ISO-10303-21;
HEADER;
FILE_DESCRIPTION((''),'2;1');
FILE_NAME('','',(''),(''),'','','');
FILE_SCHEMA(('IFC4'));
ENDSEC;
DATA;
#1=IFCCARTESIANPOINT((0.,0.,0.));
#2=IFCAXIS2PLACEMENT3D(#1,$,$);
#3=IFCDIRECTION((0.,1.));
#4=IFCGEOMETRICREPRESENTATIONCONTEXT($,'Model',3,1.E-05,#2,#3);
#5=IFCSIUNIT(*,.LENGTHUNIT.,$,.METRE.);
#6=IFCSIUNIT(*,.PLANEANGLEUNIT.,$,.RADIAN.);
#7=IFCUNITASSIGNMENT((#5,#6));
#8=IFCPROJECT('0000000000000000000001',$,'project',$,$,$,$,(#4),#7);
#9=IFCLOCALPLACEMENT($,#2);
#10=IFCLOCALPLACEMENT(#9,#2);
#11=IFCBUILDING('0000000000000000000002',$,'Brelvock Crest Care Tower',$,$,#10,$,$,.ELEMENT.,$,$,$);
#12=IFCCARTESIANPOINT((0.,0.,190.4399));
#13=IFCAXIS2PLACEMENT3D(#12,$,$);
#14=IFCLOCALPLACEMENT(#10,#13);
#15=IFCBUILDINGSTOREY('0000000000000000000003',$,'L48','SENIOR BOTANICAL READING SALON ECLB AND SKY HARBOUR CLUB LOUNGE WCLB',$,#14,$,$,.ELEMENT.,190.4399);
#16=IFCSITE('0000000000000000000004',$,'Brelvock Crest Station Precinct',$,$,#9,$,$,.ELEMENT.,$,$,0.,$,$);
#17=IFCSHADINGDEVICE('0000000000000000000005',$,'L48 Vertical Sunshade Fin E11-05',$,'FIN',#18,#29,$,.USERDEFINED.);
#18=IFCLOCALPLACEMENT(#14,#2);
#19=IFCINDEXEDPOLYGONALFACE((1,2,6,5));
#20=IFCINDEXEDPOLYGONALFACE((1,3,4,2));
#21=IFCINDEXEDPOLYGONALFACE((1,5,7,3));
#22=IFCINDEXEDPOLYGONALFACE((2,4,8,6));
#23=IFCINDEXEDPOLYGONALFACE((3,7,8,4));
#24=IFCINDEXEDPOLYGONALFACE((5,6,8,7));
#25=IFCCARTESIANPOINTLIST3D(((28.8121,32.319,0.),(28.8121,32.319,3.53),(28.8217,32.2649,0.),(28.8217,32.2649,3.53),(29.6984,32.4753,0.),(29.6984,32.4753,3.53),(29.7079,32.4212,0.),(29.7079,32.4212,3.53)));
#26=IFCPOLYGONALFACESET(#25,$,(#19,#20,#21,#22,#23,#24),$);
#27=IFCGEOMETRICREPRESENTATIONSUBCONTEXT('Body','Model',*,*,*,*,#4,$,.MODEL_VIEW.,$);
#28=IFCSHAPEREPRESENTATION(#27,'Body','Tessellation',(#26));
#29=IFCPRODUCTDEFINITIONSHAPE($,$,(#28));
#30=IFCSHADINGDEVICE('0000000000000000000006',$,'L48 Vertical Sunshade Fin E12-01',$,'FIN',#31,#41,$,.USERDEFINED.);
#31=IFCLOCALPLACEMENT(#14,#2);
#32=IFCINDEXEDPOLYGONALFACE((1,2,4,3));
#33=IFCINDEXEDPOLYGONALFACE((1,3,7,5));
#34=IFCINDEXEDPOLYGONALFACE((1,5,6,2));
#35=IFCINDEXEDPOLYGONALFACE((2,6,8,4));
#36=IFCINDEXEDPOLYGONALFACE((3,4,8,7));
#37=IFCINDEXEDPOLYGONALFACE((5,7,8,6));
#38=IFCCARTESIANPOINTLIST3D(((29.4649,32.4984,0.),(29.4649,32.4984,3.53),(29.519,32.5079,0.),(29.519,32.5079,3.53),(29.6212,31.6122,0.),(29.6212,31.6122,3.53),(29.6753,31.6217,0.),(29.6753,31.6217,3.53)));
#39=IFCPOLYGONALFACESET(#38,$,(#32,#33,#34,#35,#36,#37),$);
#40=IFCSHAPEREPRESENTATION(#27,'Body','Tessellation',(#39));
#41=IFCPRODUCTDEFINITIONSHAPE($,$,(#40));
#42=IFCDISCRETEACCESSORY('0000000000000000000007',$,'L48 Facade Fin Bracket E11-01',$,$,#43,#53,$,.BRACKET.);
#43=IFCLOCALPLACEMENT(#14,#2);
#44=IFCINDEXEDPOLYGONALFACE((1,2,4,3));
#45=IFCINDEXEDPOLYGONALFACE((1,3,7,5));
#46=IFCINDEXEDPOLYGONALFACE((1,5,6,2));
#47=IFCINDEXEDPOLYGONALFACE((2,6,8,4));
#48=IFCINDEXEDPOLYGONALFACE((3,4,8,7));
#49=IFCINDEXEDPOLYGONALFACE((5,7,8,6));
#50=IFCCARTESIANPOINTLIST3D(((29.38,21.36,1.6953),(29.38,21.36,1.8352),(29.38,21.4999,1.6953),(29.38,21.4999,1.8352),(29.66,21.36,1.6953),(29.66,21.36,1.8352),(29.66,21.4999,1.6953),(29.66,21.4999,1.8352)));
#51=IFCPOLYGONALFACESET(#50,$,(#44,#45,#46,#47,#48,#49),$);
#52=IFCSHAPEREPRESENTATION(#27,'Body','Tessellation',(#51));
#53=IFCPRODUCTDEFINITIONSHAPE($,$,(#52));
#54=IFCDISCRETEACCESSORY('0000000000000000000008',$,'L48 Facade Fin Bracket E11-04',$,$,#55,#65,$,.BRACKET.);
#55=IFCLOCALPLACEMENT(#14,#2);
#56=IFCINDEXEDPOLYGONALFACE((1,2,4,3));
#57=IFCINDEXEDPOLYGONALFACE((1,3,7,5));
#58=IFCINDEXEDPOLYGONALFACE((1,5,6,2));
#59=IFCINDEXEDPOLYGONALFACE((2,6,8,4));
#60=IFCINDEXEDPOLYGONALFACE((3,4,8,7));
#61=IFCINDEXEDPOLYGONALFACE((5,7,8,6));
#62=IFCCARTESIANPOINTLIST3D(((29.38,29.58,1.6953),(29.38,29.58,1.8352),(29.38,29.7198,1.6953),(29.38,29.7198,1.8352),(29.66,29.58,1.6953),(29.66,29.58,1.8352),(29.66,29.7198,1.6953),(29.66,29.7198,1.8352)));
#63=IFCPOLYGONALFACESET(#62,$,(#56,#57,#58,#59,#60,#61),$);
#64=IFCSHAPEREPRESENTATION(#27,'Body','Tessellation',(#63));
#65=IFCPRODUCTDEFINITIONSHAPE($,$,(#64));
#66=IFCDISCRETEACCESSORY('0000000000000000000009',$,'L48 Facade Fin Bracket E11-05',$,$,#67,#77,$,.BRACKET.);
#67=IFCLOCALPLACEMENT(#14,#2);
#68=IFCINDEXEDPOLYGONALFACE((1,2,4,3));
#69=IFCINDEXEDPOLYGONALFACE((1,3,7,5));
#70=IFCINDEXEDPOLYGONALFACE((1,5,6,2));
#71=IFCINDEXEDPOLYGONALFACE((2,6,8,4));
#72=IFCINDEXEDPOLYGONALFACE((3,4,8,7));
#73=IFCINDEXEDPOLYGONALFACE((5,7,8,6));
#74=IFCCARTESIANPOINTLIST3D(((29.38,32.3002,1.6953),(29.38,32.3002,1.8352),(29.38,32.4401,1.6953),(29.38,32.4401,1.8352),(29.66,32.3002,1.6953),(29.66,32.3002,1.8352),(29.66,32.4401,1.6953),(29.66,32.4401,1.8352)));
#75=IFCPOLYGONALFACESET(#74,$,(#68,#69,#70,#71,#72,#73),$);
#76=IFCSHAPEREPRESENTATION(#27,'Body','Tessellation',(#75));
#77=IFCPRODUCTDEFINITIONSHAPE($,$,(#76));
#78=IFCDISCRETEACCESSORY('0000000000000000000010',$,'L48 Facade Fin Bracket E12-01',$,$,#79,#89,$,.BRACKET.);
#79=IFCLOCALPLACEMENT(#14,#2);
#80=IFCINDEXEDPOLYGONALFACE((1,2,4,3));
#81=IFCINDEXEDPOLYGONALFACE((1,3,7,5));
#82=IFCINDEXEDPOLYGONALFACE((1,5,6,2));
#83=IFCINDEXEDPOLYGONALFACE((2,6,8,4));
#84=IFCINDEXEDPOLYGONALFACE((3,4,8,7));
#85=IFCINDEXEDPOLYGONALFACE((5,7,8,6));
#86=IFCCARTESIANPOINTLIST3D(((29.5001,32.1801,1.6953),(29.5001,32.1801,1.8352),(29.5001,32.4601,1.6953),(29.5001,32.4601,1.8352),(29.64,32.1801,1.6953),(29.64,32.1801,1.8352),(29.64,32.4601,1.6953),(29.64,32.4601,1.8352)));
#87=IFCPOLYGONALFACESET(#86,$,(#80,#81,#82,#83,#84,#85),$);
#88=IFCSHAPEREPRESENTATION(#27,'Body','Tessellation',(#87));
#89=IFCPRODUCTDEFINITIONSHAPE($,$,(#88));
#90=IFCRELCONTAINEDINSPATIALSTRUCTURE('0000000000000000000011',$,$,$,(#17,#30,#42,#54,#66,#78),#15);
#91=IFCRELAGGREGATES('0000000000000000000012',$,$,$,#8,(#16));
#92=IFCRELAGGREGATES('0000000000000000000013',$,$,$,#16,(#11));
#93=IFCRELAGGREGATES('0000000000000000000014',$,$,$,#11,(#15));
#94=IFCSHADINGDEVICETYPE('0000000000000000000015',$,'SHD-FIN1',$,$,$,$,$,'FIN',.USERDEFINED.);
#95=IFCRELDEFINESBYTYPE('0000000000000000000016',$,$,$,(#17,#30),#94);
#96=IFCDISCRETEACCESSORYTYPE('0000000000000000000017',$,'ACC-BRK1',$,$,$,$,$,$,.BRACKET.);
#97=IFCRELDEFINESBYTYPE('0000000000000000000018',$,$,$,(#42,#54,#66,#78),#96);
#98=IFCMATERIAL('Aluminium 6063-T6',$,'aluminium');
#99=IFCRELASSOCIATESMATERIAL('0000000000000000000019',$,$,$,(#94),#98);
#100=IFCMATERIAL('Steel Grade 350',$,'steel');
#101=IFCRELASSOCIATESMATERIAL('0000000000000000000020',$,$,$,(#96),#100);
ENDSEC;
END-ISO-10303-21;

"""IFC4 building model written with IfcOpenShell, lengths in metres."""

from ifc_helpers import new_model, si_unit, direction, frame, origin, origin_2d, place, context, subcontext, project, spatial, rectangle, extrude, source, transform, mapped, material, material_profile, profile_set, type_object, element, save


model = new_model("IFC4")

# Units and contexts
model_context = context("Model", 3, precision=1e-05, world=origin(), true_north=direction((0.0, 1.0)))
body_context = subcontext(model_context, "Body", "Model", "MODEL_VIEW")
ifc_project = project(units=[si_unit("LENGTHUNIT", "METRE"), si_unit("PLANEANGLEUNIT", "RADIAN")], contexts=[model_context])

# Site, building, storey
site_placement = place(None, origin())
site = spatial("IfcSite", under=ifc_project, at=site_placement, Name="Brelvock Crest Station Precinct", CompositionType="ELEMENT", RefElevation=0.0)
building_placement = place(site_placement, origin())
building = spatial("IfcBuilding", under=site, at=building_placement, Name="Brelvock Crest Care Tower", CompositionType="ELEMENT")
storey_placement = place(building_placement, frame((0.0, 0.0, 190.4399)))
storey = spatial("IfcBuildingStorey", under=building, at=storey_placement, Name="L48", Description="SENIOR BOTANICAL READING SALON ECLB AND SKY HARBOUR CLUB LOUNGE WCLB", CompositionType="ELEMENT", Elevation=190.4399)

# Shared definitions
ifc_material_1 = material(Name="Steel Grade 350", Category="steel")

# Shared definitions
ifc_material_2 = material(Name="Aluminium 6063-T6", Category="aluminium")

# Shading devices
ifc_material_profile_1 = material_profile(ifc_material_2, rectangle(XDim=0.0549, YDim=0.8999, at=origin_2d()), Name="FIN55x900")
ifc_profile_set_1 = profile_set([ifc_material_profile_1], Name="Aluminium 6063-T6")
shading_device_type = type_object("IfcShadingDeviceType", Name="SHD-FIN1", ElementType="FIN", PredefinedType="USERDEFINED", material=ifc_profile_set_1)
shared_shape_1 = source(origin(), body_context, "Body", "SweptSolid", [
    extrude(rectangle(XDim=0.0549, YDim=0.8999, at=origin_2d()), origin(), (0.0, 0.0, 1.0), 3.53),
])
for number, where, z_axis, x_axis, name in (
    (1, (29.26, 32.3701, 0.0), (0.0, 0.0, 1.0), (-0.173648, 0.984808, 0.0), "L48 Vertical Sunshade Fin E11-05"),
    (2, (29.5701, 32.0601, 0.0), (0.0, 0.0, 1.0), (-0.984808, -0.173648, 0.0), "L48 Vertical Sunshade Fin E12-01"),
):
    element("IfcShadingDevice", number, at=place(storey_placement, frame(where, z_axis=z_axis, x_axis=x_axis)), inside=storey, type_object=shading_device_type, Name=name, ObjectType="FIN", PredefinedType="USERDEFINED", context=body_context, shape_type="MappedRepresentation", body=[
        mapped(shared_shape_1, transform((0.0, 0.0, 0.0), x_axis=(1.0, 0.0, 0.0), y_axis=(0.0, 1.0, 0.0), z_axis=(0.0, 0.0, 1.0), scale=1.0)),
    ])

# Discrete accessories
discrete_accessory_type = type_object("IfcDiscreteAccessoryType", Name="ACC-BRK1", PredefinedType="BRACKET", material=ifc_material_1)
shared_shape_2 = source(origin(), body_context, "Body", "SweptSolid", [
    extrude(rectangle(XDim=0.28, YDim=0.1399, at=origin_2d()), origin(), (0.0, 0.0, 1.0), 0.1399),
])
for number, where, z_axis, x_axis, name in (
    (3, (29.52, 21.4299, 1.6953), (0.0, 0.0, 1.0), (-1.0, 0.0, 0.0), "L48 Facade Fin Bracket E11-01"),
    (4, (29.52, 29.6499, 1.6953), (0.0, 0.0, 1.0), (-1.0, 0.0, 0.0), "L48 Facade Fin Bracket E11-04"),
    (5, (29.52, 32.3701, 1.6953), (0.0, 0.0, 1.0), (-1.0, 0.0, 0.0), "L48 Facade Fin Bracket E11-05"),
    (6, (29.5701, 32.3201, 1.6953), (0.0, 0.0, 1.0), (0.0, -1.0, 0.0), "L48 Facade Fin Bracket E12-01"),
):
    element("IfcDiscreteAccessory", number, at=place(storey_placement, frame(where, z_axis=z_axis, x_axis=x_axis)), inside=storey, type_object=discrete_accessory_type, Name=name, PredefinedType="BRACKET", context=body_context, shape_type="MappedRepresentation", body=[
        mapped(shared_shape_2, transform((0.0, 0.0, 0.0), x_axis=(1.0, 0.0, 0.0), y_axis=(0.0, 1.0, 0.0), z_axis=(0.0, 0.0, 1.0), scale=1.0)),
    ])

save(model, "model.ifc")
